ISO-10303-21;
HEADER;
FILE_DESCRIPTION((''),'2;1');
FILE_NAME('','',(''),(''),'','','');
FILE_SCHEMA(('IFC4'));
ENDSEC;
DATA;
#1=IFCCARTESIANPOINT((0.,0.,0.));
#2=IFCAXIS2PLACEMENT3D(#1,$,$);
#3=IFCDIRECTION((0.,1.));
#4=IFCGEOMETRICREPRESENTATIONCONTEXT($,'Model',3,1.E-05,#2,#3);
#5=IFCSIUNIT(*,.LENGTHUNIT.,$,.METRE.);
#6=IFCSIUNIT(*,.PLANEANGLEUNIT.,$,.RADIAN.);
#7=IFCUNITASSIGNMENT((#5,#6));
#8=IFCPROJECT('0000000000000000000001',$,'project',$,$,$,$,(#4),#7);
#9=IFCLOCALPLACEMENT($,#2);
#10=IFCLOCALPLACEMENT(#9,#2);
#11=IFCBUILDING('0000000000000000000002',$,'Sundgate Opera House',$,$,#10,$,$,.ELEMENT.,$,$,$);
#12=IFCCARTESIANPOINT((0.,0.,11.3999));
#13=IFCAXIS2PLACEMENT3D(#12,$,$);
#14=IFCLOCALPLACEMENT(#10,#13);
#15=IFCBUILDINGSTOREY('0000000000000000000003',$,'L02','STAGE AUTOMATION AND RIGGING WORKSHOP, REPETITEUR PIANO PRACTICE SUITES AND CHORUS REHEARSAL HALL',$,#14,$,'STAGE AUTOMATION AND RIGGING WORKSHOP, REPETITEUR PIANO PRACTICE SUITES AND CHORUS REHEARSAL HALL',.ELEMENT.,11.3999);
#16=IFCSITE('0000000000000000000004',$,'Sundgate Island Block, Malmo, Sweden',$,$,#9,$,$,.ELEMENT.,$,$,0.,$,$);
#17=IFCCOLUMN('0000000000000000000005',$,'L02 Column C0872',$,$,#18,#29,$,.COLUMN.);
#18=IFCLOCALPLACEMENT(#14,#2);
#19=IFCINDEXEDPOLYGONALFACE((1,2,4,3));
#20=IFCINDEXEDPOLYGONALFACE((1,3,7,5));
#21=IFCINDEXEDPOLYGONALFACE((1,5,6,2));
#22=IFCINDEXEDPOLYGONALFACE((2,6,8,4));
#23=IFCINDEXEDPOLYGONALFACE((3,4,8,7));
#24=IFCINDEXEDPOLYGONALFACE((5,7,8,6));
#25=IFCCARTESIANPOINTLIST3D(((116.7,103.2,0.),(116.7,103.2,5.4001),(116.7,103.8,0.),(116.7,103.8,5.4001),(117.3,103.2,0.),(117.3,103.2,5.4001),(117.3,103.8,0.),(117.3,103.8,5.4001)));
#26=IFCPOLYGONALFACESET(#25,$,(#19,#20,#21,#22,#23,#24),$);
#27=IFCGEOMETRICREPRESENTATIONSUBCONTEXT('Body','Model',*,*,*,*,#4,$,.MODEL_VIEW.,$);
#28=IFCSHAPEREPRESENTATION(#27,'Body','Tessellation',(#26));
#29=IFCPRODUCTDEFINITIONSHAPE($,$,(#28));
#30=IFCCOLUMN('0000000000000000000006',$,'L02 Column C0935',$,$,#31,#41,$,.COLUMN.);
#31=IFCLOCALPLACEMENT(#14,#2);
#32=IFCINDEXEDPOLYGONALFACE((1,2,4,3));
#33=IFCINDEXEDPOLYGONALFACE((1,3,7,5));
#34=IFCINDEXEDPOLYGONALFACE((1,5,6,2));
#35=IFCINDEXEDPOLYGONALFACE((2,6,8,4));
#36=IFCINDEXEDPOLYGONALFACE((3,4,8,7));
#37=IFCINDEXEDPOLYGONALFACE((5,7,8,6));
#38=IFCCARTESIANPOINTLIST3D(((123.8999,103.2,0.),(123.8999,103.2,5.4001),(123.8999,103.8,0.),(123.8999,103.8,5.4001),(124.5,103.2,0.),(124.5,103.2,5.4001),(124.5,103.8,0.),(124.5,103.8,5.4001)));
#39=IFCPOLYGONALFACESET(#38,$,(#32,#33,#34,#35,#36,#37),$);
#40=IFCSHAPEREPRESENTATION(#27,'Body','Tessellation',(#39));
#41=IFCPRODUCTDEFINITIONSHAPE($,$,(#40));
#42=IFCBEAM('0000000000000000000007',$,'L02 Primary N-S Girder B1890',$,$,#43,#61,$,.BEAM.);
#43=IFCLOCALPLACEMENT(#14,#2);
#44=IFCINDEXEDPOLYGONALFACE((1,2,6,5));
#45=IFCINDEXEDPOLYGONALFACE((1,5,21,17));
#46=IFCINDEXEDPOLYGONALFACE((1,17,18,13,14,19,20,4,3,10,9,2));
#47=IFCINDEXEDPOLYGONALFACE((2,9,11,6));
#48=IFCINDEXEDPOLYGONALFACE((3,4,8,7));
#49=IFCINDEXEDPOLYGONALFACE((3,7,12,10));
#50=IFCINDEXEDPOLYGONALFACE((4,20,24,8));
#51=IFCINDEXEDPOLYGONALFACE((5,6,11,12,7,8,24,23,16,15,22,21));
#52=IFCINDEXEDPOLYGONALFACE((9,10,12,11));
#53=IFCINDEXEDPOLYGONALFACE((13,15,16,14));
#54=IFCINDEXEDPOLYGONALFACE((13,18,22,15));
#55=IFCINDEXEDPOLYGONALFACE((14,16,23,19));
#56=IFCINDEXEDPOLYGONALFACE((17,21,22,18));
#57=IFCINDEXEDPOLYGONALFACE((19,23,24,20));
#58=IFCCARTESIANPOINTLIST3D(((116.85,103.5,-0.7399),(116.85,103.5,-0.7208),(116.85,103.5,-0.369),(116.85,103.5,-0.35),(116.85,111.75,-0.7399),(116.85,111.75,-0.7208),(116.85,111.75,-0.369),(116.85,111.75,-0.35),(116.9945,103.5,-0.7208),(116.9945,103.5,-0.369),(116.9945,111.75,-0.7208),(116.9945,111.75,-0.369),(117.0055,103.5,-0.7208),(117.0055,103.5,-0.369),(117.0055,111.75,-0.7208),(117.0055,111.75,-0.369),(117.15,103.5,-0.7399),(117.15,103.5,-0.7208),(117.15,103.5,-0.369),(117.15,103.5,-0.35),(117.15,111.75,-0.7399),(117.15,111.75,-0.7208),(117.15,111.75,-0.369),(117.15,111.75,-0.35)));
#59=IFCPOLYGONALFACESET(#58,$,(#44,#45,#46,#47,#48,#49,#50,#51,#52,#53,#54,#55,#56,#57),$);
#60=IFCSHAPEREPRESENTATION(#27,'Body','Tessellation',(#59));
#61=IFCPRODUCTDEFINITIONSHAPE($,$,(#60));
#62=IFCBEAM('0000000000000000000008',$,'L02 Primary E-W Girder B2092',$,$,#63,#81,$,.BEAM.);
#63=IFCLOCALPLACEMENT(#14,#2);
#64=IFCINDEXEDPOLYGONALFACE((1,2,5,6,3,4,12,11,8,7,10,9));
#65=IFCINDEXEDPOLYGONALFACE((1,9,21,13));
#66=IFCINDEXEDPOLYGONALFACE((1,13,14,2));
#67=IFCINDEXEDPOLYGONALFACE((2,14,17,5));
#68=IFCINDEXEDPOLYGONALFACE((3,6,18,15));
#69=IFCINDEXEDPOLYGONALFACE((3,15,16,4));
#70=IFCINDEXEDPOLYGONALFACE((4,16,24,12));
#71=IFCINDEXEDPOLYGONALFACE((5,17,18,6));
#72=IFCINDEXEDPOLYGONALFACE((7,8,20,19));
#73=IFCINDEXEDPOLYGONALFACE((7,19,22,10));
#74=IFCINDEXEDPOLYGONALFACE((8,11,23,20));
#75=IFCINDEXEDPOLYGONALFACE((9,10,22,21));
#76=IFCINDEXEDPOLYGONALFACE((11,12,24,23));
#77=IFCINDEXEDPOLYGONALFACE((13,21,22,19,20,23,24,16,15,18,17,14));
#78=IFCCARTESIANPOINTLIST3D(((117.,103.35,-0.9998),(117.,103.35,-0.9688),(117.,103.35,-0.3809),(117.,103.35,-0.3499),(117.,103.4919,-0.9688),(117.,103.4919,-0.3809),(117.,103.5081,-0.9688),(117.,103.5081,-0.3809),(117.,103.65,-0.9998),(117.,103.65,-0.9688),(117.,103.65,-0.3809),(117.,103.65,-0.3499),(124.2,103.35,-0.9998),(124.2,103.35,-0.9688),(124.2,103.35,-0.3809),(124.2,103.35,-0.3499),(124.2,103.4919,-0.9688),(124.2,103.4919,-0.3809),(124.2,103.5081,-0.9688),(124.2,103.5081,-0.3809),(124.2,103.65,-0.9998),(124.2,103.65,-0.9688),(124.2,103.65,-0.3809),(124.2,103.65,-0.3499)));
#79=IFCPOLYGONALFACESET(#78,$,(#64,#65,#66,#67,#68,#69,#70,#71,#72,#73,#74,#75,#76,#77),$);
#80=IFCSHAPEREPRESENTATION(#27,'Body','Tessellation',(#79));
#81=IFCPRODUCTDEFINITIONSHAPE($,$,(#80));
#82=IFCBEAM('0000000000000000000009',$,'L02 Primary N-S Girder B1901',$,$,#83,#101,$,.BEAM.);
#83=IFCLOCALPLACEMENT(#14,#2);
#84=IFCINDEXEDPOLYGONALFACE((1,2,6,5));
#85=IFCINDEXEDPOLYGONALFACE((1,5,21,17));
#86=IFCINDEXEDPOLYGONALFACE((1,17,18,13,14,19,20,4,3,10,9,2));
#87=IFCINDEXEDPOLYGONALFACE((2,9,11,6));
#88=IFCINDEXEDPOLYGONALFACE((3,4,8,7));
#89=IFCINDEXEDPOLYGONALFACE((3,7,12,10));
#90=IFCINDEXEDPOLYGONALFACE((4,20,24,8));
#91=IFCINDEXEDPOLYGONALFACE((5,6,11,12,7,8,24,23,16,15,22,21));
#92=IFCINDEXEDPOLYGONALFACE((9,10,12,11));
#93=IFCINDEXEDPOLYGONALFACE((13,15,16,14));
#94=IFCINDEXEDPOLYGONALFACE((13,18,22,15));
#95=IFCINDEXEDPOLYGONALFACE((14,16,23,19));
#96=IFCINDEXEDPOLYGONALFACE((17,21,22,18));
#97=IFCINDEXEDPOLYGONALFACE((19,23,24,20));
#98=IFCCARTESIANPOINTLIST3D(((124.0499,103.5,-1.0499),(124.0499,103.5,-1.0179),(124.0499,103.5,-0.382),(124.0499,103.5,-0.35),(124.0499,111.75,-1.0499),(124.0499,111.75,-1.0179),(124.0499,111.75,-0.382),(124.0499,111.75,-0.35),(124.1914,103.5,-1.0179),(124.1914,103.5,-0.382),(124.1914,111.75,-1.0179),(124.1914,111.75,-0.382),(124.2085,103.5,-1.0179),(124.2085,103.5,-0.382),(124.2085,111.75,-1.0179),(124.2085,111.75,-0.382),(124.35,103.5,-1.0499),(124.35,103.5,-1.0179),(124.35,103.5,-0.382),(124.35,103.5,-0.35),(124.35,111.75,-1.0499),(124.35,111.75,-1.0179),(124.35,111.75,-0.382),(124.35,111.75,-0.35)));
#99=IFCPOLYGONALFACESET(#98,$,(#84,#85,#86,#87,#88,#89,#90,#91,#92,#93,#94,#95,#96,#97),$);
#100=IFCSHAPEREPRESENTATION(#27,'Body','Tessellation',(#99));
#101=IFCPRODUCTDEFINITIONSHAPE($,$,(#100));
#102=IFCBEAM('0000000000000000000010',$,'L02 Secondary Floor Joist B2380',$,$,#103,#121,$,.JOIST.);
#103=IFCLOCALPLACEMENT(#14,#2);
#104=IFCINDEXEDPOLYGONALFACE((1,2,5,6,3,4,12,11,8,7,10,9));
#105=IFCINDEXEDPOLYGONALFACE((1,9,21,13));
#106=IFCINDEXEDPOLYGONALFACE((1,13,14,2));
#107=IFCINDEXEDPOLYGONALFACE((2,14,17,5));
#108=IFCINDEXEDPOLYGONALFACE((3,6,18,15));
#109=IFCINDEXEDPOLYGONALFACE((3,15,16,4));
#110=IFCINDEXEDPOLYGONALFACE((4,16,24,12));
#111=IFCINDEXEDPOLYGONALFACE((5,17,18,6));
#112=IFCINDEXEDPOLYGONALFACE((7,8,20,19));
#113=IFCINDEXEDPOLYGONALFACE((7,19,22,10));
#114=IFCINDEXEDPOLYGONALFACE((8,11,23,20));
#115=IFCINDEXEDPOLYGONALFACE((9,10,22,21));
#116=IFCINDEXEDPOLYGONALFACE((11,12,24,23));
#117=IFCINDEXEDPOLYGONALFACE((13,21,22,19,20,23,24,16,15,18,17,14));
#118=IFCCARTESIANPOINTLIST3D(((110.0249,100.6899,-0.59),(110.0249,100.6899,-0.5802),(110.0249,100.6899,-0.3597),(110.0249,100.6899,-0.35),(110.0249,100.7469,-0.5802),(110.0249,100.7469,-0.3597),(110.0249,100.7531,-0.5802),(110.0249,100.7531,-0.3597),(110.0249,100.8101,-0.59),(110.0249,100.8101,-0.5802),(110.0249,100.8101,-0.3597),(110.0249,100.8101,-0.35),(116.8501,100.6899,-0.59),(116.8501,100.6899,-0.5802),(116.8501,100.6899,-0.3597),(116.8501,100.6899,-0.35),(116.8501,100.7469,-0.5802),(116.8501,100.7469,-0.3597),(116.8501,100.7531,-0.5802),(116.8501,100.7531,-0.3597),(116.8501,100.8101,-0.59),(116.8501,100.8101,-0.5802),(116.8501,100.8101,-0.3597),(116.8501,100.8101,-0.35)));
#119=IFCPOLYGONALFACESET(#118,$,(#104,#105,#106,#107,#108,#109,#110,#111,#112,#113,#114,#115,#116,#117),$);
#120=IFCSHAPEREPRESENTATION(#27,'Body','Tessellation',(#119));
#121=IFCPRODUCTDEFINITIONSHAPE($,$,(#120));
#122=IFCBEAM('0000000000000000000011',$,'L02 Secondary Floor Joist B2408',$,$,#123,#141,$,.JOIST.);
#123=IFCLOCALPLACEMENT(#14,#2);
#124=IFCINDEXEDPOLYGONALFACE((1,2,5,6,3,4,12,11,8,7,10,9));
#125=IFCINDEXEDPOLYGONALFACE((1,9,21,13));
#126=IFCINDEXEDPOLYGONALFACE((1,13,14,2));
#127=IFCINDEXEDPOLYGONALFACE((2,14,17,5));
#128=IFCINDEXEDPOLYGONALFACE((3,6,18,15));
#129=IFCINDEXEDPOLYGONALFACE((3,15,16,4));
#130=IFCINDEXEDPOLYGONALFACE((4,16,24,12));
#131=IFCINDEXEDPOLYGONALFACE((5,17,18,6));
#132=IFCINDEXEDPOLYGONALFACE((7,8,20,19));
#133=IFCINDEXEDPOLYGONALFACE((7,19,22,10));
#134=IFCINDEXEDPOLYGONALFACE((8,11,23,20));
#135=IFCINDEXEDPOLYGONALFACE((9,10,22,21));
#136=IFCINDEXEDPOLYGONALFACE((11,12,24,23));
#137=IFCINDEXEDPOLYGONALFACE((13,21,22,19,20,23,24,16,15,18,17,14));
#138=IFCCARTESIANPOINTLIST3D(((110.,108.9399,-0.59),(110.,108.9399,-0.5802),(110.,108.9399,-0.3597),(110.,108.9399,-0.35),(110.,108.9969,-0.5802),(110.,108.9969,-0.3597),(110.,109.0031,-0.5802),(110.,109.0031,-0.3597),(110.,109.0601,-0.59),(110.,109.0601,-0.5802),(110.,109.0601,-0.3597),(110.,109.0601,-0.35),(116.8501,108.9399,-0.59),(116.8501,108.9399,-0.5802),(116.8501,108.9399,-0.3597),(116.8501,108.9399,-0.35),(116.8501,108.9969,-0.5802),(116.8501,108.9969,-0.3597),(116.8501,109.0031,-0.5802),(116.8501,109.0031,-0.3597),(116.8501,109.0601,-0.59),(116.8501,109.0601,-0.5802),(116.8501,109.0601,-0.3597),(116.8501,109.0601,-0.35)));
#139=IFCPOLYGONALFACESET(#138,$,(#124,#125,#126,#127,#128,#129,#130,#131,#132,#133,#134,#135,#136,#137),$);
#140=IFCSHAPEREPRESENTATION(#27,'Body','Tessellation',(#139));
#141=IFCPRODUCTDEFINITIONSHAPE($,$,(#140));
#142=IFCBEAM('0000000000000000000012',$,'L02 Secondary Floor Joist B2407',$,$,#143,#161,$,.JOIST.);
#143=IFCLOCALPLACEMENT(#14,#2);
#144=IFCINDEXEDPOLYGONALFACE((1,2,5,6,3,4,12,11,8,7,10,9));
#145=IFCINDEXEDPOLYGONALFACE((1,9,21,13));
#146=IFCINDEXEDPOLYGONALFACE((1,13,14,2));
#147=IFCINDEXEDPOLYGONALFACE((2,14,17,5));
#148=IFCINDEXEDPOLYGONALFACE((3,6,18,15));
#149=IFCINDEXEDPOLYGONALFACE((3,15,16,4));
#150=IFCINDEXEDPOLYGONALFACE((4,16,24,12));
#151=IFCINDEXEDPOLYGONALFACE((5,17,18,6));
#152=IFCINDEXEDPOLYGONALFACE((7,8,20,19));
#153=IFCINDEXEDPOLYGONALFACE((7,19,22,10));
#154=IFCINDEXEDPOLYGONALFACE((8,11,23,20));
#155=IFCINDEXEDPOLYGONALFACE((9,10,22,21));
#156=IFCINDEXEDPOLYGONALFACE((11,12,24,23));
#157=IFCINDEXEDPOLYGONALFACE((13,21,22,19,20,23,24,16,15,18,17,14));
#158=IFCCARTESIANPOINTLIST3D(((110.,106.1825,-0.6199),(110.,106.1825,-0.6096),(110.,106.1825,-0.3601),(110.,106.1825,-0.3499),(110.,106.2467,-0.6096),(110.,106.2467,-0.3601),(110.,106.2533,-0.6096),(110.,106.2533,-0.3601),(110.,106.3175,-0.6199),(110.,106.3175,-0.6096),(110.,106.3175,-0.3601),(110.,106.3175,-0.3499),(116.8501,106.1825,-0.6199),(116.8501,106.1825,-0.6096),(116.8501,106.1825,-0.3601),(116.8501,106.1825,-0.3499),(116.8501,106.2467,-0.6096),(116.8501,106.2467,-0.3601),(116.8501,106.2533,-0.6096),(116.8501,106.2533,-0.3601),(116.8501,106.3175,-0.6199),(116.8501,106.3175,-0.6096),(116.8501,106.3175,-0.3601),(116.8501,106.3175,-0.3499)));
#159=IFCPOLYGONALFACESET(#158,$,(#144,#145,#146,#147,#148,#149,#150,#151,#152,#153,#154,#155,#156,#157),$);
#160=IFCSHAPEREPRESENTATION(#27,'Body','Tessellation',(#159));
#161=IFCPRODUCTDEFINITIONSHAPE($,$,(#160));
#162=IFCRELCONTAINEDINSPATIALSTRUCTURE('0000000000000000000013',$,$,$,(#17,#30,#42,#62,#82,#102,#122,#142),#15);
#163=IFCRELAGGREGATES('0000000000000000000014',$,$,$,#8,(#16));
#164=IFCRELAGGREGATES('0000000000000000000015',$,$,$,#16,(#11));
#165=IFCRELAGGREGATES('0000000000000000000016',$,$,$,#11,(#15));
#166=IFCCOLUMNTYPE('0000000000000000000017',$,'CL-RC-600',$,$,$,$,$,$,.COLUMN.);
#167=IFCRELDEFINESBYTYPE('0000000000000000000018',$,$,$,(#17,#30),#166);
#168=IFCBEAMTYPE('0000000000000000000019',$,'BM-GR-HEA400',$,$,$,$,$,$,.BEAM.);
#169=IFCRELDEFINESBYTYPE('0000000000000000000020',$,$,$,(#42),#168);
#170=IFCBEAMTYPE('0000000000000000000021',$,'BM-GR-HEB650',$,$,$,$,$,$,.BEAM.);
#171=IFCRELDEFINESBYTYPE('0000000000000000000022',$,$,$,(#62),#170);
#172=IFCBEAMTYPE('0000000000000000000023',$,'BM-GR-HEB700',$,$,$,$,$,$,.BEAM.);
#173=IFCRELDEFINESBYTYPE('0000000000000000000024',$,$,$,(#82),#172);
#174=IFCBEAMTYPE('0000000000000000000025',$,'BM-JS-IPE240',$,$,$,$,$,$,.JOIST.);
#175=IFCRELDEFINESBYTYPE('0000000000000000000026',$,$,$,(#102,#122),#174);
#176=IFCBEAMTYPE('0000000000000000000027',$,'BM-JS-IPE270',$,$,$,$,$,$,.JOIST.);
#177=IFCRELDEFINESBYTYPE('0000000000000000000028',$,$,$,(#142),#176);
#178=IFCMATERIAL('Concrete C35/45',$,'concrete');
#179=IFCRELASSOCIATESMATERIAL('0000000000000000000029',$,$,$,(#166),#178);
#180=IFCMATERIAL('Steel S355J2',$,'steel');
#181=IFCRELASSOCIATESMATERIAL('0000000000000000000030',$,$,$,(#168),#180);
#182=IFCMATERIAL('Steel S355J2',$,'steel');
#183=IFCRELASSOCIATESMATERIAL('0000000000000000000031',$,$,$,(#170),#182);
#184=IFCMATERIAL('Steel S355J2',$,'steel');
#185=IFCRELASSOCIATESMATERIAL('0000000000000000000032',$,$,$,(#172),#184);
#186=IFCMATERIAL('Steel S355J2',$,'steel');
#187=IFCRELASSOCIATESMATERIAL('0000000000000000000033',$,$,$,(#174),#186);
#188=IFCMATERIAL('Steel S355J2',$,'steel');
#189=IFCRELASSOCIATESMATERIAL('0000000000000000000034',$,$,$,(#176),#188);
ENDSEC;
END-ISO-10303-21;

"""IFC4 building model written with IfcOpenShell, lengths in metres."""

from ifc_helpers import new_model, si_unit, direction, frame, origin, origin_2d, place, context, subcontext, project, spatial, rectangle, i_section, extrude, material, material_profile, profile_set, type_object, element, save


model = new_model("IFC4")

# Units and contexts
model_context = context("Model", 3, precision=1e-05, world=origin(), true_north=direction((0.0, 1.0)))
body_context = subcontext(model_context, "Body", "Model", "MODEL_VIEW")
ifc_project = project(units=[si_unit("LENGTHUNIT", "METRE"), si_unit("PLANEANGLEUNIT", "RADIAN")], contexts=[model_context])

# Site, building, storey
site_placement = place(None, origin())
site = spatial("IfcSite", under=ifc_project, at=site_placement, Name="Sundgate Island Block, Malmo, Sweden", CompositionType="ELEMENT", RefElevation=0.0)
building_placement = place(site_placement, origin())
building = spatial("IfcBuilding", under=site, at=building_placement, Name="Sundgate Opera House", CompositionType="ELEMENT")
storey_placement = place(building_placement, frame((0.0, 0.0, 11.3999)))
storey = spatial("IfcBuildingStorey", under=building, at=storey_placement, Name="L02", Description="STAGE AUTOMATION AND RIGGING WORKSHOP, REPETITEUR PIANO PRACTICE SUITES AND CHORUS REHEARSAL HALL", LongName="STAGE AUTOMATION AND RIGGING WORKSHOP, REPETITEUR PIANO PRACTICE SUITES AND CHORUS REHEARSAL HALL", CompositionType="ELEMENT", Elevation=11.3999)

# Columns
ifc_material_1 = material(Name="Concrete C35/45", Category="concrete")
ifc_material_profile_1 = material_profile(ifc_material_1, rectangle(XDim=0.6001, YDim=0.6001, at=origin_2d()), Name="RC 600x600")
ifc_profile_set_1 = profile_set([ifc_material_profile_1], Name="Concrete C35/45")
column_type = type_object("IfcColumnType", Name="CL-RC-600", PredefinedType="COLUMN", material=ifc_profile_set_1)
for number, where, z_axis, x_axis, name in (
    (1, (117.0, 103.5, 0.0), (0.0, 0.0, 1.0), (1.0, 0.0, 0.0), "L02 Column C0872"),
    (2, (124.2, 103.5, 0.0), (0.0, 0.0, 1.0), (1.0, 0.0, 0.0), "L02 Column C0935"),
):
    element("IfcColumn", number, at=place(storey_placement, frame(where, z_axis=z_axis, x_axis=x_axis)), inside=storey, type_object=column_type, Name=name, PredefinedType="COLUMN", context=body_context, shape_type="SweptSolid", body=[
        extrude(rectangle(XDim=0.6001, YDim=0.6001, at=origin_2d()), origin(), (0.0, 0.0, 1.0), 5.4001),
    ])

# Beams
ifc_material_2 = material(Name="Steel S355J2", Category="steel")
ifc_material_profile_2 = material_profile(ifc_material_2, i_section(OverallWidth=0.3, OverallDepth=0.3899, WebThickness=0.011, FlangeThickness=0.019, at=origin_2d()), Name="HEA 400")
ifc_profile_set_2 = profile_set([ifc_material_profile_2], Name="Steel S355J2")
beam_type_1 = type_object("IfcBeamType", Name="BM-GR-HEA400", PredefinedType="BEAM", material=ifc_profile_set_2)
beam_1_placement = place(storey_placement, frame((117.0, 103.5, -0.5449), z_axis=(0.0, 1.0, 0.0), x_axis=(-1.0, 0.0, 0.0)))
element("IfcBeam", 3, at=beam_1_placement, inside=storey, type_object=beam_type_1, Name="L02 Primary N-S Girder B1890", PredefinedType="BEAM", context=body_context, shape_type="SweptSolid", body=[
    extrude(i_section(OverallWidth=0.3, OverallDepth=0.3899, WebThickness=0.011, FlangeThickness=0.019, at=origin_2d()), origin(), (0.0, 0.0, 1.0), 8.25),
])
ifc_material_3 = material(Name="Steel S355J2", Category="steel")
ifc_material_profile_3 = material_profile(ifc_material_3, i_section(OverallWidth=0.3, OverallDepth=0.6499, WebThickness=0.0161, FlangeThickness=0.031, at=origin_2d()), Name="HEB 650")
ifc_profile_set_3 = profile_set([ifc_material_profile_3], Name="Steel S355J2")
beam_type_2 = type_object("IfcBeamType", Name="BM-GR-HEB650", PredefinedType="BEAM", material=ifc_profile_set_3)
beam_2_placement = place(storey_placement, frame((117.0, 103.5, -0.6748), z_axis=(1.0, 0.0, 0.0), x_axis=(0.0, 1.0, 0.0)))
element("IfcBeam", 4, at=beam_2_placement, inside=storey, type_object=beam_type_2, Name="L02 Primary E-W Girder B2092", PredefinedType="BEAM", context=body_context, shape_type="SweptSolid", body=[
    extrude(i_section(OverallWidth=0.3, OverallDepth=0.6499, WebThickness=0.0161, FlangeThickness=0.031, at=origin_2d()), origin(), (0.0, 0.0, 1.0), 7.2),
])
ifc_material_4 = material(Name="Steel S355J2", Category="steel")
ifc_material_profile_4 = material_profile(ifc_material_4, i_section(OverallWidth=0.3, OverallDepth=0.7, WebThickness=0.0171, FlangeThickness=0.032, at=origin_2d()), Name="HEB 700")
ifc_profile_set_4 = profile_set([ifc_material_profile_4], Name="Steel S355J2")
beam_type_3 = type_object("IfcBeamType", Name="BM-GR-HEB700", PredefinedType="BEAM", material=ifc_profile_set_4)
beam_3_placement = place(storey_placement, frame((124.2, 103.5, -0.7), z_axis=(0.0, 1.0, 0.0), x_axis=(-1.0, 0.0, 0.0)))
element("IfcBeam", 5, at=beam_3_placement, inside=storey, type_object=beam_type_3, Name="L02 Primary N-S Girder B1901", PredefinedType="BEAM", context=body_context, shape_type="SweptSolid", body=[
    extrude(i_section(OverallWidth=0.3, OverallDepth=0.7, WebThickness=0.0171, FlangeThickness=0.032, at=origin_2d()), origin(), (0.0, 0.0, 1.0), 8.25),
])
ifc_material_5 = material(Name="Steel S355J2", Category="steel")
ifc_material_profile_5 = material_profile(ifc_material_5, i_section(OverallWidth=0.1201, OverallDepth=0.24, WebThickness=0.0061, FlangeThickness=0.0098, at=origin_2d()), Name="IPE 240")
ifc_profile_set_5 = profile_set([ifc_material_profile_5], Name="Steel S355J2")
beam_type_4 = type_object("IfcBeamType", Name="BM-JS-IPE240", PredefinedType="JOIST", material=ifc_profile_set_5)
beam_4_placement = place(storey_placement, frame((110.0249, 100.75, -0.47), z_axis=(1.0, 0.0, 0.0), x_axis=(0.0, 1.0, 0.0)))
element("IfcBeam", 6, at=beam_4_placement, inside=storey, type_object=beam_type_4, Name="L02 Secondary Floor Joist B2380", PredefinedType="JOIST", context=body_context, shape_type="SweptSolid", body=[
    extrude(i_section(OverallWidth=0.1201, OverallDepth=0.24, WebThickness=0.0061, FlangeThickness=0.0098, at=origin_2d()), origin(), (0.0, 0.0, 1.0), 6.8252),
])
beam_5_placement = place(storey_placement, frame((110.0, 109.0, -0.47), z_axis=(1.0, 0.0, 0.0), x_axis=(0.0, 1.0, 0.0)))
element("IfcBeam", 7, at=beam_5_placement, inside=storey, type_object=beam_type_4, Name="L02 Secondary Floor Joist B2408", PredefinedType="JOIST", context=body_context, shape_type="SweptSolid", body=[
    extrude(i_section(OverallWidth=0.1201, OverallDepth=0.24, WebThickness=0.0061, FlangeThickness=0.0098, at=origin_2d()), origin(), (0.0, 0.0, 1.0), 6.8501),
])
ifc_material_6 = material(Name="Steel S355J2", Category="steel")
ifc_material_profile_6 = material_profile(ifc_material_6, i_section(OverallWidth=0.135, OverallDepth=0.27, WebThickness=0.0066, FlangeThickness=0.0103, at=origin_2d()), Name="IPE 270")
ifc_profile_set_6 = profile_set([ifc_material_profile_6], Name="Steel S355J2")
beam_type_5 = type_object("IfcBeamType", Name="BM-JS-IPE270", PredefinedType="JOIST", material=ifc_profile_set_6)
beam_6_placement = place(storey_placement, frame((110.0, 106.25, -0.4849), z_axis=(1.0, 0.0, 0.0), x_axis=(0.0, 1.0, 0.0)))
element("IfcBeam", 8, at=beam_6_placement, inside=storey, type_object=beam_type_5, Name="L02 Secondary Floor Joist B2407", PredefinedType="JOIST", context=body_context, shape_type="SweptSolid", body=[
    extrude(i_section(OverallWidth=0.135, OverallDepth=0.27, WebThickness=0.0066, FlangeThickness=0.0103, at=origin_2d()), origin(), (0.0, 0.0, 1.0), 6.8501),
])

save(model, "model.ifc")
